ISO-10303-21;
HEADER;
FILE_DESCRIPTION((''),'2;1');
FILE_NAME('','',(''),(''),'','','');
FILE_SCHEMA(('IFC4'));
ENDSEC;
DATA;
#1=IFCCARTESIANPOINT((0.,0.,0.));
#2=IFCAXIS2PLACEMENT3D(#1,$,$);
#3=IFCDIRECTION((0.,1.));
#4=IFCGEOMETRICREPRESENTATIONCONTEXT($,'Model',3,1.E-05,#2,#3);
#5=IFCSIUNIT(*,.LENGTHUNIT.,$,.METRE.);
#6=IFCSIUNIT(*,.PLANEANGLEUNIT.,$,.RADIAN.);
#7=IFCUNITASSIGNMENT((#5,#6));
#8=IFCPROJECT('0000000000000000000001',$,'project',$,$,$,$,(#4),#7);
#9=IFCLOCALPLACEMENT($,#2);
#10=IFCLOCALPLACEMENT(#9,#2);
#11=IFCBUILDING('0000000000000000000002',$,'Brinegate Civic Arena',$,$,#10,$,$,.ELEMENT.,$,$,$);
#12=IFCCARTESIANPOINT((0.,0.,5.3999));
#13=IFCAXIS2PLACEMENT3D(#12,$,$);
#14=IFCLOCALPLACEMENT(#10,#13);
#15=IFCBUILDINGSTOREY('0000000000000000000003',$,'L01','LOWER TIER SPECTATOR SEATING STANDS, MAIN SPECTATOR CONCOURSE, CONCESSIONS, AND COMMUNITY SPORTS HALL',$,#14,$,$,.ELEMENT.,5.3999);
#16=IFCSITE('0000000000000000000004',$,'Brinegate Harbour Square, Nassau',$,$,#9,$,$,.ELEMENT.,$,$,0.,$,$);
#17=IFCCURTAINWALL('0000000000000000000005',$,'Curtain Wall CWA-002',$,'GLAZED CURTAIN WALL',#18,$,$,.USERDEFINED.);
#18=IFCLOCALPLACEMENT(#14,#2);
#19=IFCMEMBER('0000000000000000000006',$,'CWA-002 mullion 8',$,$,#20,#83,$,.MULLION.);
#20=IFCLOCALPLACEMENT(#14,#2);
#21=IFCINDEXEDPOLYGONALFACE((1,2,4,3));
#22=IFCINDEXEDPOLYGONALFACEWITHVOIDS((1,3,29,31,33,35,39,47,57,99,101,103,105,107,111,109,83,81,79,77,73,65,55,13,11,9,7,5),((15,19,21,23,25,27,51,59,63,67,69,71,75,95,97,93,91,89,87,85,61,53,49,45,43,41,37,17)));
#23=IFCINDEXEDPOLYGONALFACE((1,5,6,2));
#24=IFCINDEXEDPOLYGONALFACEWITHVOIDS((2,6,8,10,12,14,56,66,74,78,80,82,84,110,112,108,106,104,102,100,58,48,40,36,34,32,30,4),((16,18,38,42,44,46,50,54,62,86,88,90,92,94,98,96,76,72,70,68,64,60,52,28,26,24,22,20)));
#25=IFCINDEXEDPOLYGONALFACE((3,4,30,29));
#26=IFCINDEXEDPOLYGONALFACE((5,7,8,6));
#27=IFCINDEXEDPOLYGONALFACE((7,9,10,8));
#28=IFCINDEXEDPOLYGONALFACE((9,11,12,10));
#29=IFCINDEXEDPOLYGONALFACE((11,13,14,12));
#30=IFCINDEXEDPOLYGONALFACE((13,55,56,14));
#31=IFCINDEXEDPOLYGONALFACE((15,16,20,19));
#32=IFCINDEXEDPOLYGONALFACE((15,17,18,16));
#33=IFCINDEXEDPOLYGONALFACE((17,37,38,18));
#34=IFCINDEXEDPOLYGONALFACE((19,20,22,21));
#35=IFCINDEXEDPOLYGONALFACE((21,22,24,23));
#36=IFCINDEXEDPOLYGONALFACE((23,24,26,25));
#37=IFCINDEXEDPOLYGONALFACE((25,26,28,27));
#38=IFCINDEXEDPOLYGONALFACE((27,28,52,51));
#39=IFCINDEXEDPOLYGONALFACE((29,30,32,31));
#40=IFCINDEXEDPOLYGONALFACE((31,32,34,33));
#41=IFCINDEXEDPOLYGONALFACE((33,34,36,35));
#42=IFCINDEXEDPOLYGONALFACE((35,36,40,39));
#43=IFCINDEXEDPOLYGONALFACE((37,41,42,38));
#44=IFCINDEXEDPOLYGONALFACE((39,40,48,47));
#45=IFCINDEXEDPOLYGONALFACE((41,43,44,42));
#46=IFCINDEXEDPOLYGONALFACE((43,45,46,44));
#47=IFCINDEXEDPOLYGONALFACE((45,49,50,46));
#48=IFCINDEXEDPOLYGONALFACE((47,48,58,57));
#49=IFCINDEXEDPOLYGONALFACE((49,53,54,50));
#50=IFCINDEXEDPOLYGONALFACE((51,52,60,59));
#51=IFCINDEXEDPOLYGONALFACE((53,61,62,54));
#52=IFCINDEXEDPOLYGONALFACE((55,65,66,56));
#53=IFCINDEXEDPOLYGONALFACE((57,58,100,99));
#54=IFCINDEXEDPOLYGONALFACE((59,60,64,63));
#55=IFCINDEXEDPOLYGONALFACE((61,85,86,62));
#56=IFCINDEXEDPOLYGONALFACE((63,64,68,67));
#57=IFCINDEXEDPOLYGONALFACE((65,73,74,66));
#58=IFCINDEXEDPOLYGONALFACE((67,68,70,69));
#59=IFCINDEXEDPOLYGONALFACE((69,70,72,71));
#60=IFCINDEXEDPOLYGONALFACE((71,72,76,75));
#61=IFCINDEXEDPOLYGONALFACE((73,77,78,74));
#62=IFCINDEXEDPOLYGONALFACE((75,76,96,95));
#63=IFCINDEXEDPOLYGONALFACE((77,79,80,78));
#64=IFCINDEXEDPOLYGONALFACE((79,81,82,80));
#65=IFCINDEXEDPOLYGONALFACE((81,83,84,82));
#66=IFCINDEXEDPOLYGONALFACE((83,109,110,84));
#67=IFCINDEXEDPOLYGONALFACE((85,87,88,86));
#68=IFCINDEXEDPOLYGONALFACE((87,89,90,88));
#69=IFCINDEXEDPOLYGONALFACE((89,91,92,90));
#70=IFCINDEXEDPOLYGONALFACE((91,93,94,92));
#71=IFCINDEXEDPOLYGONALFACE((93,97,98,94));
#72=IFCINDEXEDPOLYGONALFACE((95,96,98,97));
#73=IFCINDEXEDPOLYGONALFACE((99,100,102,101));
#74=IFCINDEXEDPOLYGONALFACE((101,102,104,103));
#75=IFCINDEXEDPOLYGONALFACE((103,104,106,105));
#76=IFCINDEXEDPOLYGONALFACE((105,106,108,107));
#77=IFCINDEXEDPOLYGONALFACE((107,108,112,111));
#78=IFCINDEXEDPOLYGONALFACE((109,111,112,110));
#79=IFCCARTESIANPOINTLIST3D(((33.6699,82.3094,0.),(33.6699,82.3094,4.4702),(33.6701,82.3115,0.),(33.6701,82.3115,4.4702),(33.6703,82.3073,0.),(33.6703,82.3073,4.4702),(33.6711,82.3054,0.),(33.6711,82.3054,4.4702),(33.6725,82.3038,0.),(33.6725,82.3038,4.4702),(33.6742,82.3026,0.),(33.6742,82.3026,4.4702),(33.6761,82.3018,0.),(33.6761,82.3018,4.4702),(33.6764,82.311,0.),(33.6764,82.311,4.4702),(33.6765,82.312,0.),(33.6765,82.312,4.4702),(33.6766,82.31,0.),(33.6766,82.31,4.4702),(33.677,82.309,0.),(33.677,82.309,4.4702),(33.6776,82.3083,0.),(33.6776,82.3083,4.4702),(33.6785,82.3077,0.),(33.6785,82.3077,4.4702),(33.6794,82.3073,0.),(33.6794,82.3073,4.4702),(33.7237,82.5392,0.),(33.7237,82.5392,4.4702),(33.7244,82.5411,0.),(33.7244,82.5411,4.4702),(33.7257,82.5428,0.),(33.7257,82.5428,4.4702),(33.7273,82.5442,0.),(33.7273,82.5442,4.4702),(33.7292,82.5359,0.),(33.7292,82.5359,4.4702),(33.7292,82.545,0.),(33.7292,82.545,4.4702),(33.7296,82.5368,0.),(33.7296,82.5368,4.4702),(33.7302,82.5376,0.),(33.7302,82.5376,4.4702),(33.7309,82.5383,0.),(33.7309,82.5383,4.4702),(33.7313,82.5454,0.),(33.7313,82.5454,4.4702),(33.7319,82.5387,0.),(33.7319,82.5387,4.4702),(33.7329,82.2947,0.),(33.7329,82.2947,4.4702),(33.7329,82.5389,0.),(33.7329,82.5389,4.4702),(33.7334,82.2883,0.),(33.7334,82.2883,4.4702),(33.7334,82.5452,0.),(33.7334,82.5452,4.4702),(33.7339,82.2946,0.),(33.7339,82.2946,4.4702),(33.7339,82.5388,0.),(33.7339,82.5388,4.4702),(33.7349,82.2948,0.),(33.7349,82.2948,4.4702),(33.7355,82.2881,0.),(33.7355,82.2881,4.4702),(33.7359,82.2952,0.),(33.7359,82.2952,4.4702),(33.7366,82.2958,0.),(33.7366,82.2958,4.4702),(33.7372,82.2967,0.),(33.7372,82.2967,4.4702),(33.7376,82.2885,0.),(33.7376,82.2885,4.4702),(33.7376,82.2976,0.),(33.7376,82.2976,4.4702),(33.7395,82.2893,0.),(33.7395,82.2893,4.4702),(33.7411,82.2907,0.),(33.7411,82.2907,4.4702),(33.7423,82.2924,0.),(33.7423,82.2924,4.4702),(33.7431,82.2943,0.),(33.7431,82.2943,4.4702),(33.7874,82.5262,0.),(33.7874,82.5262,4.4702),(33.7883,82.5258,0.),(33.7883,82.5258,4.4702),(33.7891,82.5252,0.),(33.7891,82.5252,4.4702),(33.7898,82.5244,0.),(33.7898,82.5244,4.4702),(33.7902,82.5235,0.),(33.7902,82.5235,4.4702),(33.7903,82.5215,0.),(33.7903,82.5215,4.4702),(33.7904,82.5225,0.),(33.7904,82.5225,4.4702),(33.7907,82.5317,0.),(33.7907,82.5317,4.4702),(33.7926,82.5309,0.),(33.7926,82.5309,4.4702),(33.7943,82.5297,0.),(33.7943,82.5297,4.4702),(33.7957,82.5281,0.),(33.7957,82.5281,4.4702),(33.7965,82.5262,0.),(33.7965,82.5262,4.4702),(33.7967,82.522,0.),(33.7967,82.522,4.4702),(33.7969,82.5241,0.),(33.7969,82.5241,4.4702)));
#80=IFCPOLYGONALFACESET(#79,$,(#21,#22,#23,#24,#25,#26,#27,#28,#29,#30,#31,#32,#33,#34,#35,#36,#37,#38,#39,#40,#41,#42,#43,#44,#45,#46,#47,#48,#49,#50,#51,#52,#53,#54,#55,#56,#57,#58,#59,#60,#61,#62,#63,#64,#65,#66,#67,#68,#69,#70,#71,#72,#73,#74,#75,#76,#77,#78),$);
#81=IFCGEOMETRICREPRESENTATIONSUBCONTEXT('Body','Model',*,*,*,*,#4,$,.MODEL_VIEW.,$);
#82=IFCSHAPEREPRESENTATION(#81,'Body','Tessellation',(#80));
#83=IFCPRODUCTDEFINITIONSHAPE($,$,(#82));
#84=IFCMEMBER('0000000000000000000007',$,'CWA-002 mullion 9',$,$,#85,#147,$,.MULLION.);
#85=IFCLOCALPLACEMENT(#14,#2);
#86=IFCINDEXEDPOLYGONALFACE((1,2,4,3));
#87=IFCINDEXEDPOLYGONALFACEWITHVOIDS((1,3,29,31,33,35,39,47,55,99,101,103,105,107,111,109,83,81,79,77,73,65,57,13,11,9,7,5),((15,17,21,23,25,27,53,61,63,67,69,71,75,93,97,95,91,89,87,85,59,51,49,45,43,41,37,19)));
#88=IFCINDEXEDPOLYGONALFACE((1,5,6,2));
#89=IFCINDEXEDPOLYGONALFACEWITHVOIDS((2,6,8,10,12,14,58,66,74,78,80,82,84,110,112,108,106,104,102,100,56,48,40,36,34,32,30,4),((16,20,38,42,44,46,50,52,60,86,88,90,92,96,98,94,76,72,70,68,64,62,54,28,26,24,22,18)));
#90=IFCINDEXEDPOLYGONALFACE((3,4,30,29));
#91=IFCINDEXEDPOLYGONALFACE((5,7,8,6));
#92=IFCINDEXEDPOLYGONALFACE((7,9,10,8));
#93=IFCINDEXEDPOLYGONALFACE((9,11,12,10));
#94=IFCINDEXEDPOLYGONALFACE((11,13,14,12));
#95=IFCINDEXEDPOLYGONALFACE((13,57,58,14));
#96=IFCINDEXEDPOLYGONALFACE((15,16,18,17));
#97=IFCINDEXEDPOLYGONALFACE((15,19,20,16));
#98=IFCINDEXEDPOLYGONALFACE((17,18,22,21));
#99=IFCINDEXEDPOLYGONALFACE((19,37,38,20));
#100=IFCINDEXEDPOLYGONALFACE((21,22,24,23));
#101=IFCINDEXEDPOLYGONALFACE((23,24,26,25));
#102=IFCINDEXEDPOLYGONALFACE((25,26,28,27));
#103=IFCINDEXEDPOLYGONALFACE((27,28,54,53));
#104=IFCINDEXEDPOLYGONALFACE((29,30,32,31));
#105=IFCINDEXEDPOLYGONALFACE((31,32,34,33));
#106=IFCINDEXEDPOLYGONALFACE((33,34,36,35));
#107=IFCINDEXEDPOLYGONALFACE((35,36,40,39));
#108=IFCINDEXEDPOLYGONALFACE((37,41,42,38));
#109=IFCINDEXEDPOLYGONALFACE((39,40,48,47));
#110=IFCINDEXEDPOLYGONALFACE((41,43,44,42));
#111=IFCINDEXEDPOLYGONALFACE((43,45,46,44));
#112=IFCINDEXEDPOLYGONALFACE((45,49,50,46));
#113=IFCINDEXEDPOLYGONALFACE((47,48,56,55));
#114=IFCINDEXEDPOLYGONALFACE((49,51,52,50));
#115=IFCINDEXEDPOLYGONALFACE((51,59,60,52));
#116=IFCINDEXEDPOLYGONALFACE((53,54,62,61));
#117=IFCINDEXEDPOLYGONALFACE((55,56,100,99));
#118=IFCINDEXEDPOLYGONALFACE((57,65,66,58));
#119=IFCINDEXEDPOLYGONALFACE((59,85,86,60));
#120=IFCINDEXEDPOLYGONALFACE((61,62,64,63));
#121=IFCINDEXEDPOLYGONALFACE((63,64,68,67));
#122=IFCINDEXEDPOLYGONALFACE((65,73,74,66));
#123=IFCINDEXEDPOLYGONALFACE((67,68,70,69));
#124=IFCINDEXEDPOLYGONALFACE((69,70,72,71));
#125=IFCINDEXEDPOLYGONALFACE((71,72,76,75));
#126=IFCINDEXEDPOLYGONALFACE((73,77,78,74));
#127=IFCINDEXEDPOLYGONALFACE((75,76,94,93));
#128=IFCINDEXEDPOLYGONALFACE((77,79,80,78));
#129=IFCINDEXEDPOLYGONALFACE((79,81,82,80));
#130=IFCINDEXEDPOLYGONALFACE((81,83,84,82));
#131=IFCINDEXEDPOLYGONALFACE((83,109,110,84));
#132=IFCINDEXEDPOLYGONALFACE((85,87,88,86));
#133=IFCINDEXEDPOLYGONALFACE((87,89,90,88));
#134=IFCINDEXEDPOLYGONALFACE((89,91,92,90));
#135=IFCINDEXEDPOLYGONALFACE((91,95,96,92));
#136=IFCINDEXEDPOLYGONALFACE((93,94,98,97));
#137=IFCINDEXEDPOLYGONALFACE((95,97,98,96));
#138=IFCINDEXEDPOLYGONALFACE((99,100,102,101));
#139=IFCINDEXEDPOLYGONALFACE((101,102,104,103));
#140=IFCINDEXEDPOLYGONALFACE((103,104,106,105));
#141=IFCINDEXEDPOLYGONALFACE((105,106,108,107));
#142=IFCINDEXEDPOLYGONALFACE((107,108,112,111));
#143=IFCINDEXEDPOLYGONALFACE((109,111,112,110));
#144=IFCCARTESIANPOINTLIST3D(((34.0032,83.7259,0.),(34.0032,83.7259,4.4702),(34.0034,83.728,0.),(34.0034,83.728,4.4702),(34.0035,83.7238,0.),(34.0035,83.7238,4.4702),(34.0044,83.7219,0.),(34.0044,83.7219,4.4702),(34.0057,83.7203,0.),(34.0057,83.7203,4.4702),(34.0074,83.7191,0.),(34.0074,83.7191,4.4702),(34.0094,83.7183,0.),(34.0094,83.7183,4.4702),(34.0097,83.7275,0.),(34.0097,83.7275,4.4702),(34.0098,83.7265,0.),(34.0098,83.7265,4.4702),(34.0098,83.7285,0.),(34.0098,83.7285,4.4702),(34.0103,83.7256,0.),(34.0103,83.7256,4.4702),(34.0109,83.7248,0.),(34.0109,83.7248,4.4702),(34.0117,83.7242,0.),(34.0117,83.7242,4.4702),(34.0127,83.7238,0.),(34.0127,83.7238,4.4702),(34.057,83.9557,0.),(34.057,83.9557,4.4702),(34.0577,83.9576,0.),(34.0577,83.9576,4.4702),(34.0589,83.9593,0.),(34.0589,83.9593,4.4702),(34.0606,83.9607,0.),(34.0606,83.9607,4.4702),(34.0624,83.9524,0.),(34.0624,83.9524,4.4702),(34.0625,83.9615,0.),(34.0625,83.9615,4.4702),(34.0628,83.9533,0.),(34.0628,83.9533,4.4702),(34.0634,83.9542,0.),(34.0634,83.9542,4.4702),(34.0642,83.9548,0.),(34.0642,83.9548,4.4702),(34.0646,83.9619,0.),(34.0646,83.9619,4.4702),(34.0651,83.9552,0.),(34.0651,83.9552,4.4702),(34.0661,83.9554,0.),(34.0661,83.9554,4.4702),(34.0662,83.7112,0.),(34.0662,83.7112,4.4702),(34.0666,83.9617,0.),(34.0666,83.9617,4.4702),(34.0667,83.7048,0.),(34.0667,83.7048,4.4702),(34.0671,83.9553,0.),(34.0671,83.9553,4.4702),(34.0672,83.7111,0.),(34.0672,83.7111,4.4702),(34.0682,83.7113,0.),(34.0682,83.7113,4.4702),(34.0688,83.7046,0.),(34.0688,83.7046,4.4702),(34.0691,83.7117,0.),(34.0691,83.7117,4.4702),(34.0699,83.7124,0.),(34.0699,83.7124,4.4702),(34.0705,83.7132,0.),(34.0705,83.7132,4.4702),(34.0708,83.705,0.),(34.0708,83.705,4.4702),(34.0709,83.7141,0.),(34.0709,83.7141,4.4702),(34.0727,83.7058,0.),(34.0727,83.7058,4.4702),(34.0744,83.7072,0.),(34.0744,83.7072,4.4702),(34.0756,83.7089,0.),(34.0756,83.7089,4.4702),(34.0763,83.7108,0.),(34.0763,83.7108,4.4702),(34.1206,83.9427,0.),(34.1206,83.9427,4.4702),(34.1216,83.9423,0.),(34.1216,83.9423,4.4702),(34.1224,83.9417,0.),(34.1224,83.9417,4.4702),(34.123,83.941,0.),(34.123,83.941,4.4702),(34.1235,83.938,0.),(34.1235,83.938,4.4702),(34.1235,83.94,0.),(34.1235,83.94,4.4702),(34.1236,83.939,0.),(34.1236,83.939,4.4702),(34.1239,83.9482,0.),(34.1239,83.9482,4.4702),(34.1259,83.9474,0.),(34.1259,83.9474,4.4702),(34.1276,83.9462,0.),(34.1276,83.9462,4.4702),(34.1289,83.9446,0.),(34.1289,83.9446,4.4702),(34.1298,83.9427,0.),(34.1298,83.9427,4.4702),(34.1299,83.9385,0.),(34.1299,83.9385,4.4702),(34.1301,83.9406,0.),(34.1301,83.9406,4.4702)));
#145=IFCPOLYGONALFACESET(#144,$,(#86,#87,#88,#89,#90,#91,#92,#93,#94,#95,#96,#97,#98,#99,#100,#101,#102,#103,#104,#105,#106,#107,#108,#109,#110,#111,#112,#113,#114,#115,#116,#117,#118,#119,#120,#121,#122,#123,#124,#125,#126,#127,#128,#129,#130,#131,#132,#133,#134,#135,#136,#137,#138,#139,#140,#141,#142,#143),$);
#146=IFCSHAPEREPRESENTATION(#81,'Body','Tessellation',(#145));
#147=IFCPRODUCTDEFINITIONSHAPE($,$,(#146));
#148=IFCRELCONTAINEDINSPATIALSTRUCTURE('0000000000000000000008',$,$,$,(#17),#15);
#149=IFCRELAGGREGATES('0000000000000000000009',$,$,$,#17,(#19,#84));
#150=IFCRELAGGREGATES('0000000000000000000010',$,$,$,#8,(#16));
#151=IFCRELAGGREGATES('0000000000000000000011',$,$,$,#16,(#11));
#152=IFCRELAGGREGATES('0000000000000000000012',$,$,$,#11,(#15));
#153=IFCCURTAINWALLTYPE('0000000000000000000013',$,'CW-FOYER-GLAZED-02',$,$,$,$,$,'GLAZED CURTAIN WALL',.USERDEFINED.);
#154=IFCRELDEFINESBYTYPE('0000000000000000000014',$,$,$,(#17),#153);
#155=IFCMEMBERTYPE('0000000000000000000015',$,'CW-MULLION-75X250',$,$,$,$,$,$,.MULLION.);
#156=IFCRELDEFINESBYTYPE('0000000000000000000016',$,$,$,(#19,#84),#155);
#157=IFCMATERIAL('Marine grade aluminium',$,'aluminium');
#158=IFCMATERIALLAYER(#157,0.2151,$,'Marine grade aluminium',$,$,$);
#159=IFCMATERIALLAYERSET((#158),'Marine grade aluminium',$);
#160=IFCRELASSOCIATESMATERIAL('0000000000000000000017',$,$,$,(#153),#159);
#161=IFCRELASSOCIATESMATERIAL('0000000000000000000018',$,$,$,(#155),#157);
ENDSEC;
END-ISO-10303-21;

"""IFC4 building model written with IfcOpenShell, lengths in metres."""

from ifc_helpers import new_model, si_unit, direction, frame, origin, origin_2d, place, context, subcontext, project, spatial, hollow_rectangle, extrude, material, layer, layer_set, material_profile, profile_set, type_object, element, aggregate, save


model = new_model("IFC4")

# Units and contexts
model_context = context("Model", 3, precision=1e-05, world=origin(), true_north=direction((0.0, 1.0)))
body_context = subcontext(model_context, "Body", "Model", "MODEL_VIEW")
ifc_project = project(units=[si_unit("LENGTHUNIT", "METRE"), si_unit("PLANEANGLEUNIT", "RADIAN")], contexts=[model_context])

# Site, building, storey
site_placement = place(None, origin())
site = spatial("IfcSite", under=ifc_project, at=site_placement, Name="Brinegate Harbour Square, Nassau", CompositionType="ELEMENT", RefElevation=0.0)
building_placement = place(site_placement, origin())
building = spatial("IfcBuilding", under=site, at=building_placement, Name="Brinegate Civic Arena", CompositionType="ELEMENT")
storey_placement = place(building_placement, frame((0.0, 0.0, 5.3999)))
storey = spatial("IfcBuildingStorey", under=building, at=storey_placement, Name="L01", Description="LOWER TIER SPECTATOR SEATING STANDS, MAIN SPECTATOR CONCOURSE, CONCESSIONS, AND COMMUNITY SPORTS HALL", CompositionType="ELEMENT", Elevation=5.3999)

# Curtain wall, members
ifc_material_1 = material(Name="Marine grade aluminium", Category="aluminium")
ifc_layer_1 = layer(ifc_material_1, 0.2151, Name="Marine grade aluminium")
ifc_layer_set_1 = layer_set([ifc_layer_1], Name="Marine grade aluminium")
curtain_wall_type = type_object("IfcCurtainWallType", Name="CW-FOYER-GLAZED-02", ElementType="GLAZED CURTAIN WALL", PredefinedType="USERDEFINED", material=ifc_layer_set_1)
curtain_wall_placement = place(storey_placement, origin())
curtain_wall = element("IfcCurtainWall", 1, at=curtain_wall_placement, inside=storey, type_object=curtain_wall_type, Name="Curtain Wall CWA-002", ObjectType="GLAZED CURTAIN WALL", PredefinedType="USERDEFINED")
ifc_material_profile_1 = material_profile(ifc_material_1, hollow_rectangle(XDim=0.075, YDim=0.25, WallThickness=0.0061, InnerFilletRadius=0.0039, OuterFilletRadius=0.0081, at=origin_2d()), Name="MUL75X250")
ifc_profile_set_1 = profile_set([ifc_material_profile_1], Name="Marine grade aluminium")
member_type_1 = type_object("IfcMemberType", Name="CW-MULLION-75X250", PredefinedType="MULLION", material=ifc_profile_set_1)
member_1_placement = place(storey_placement, frame((33.7334, 82.4167, 0.0), z_axis=(0.0, 0.0, 1.0), x_axis=(-0.973417, 0.229039, 0.0)))
member_1 = element("IfcMember", 2, at=member_1_placement, type_object=member_type_1, Name="CWA-002 mullion 8", PredefinedType="MULLION", context=body_context, shape_type="SweptSolid", body=[
    extrude(hollow_rectangle(XDim=0.075, YDim=0.25, WallThickness=0.0061, InnerFilletRadius=0.0039, OuterFilletRadius=0.0081, at=origin_2d()), origin(), (0.0, 0.0, 1.0), 4.4702),
])
member_2_placement = place(storey_placement, frame((34.0667, 83.8333, 0.0), z_axis=(0.0, 0.0, 1.0), x_axis=(-0.973417, 0.229039, 0.0)))
member_2 = element("IfcMember", 3, at=member_2_placement, type_object=member_type_1, Name="CWA-002 mullion 9", PredefinedType="MULLION", context=body_context, shape_type="SweptSolid", body=[
    extrude(hollow_rectangle(XDim=0.075, YDim=0.25, WallThickness=0.0061, InnerFilletRadius=0.0039, OuterFilletRadius=0.0081, at=origin_2d()), origin(), (0.0, 0.0, 1.0), 4.4702),
])

aggregate(curtain_wall, [member_1, member_2])

save(model, "model.ifc")
